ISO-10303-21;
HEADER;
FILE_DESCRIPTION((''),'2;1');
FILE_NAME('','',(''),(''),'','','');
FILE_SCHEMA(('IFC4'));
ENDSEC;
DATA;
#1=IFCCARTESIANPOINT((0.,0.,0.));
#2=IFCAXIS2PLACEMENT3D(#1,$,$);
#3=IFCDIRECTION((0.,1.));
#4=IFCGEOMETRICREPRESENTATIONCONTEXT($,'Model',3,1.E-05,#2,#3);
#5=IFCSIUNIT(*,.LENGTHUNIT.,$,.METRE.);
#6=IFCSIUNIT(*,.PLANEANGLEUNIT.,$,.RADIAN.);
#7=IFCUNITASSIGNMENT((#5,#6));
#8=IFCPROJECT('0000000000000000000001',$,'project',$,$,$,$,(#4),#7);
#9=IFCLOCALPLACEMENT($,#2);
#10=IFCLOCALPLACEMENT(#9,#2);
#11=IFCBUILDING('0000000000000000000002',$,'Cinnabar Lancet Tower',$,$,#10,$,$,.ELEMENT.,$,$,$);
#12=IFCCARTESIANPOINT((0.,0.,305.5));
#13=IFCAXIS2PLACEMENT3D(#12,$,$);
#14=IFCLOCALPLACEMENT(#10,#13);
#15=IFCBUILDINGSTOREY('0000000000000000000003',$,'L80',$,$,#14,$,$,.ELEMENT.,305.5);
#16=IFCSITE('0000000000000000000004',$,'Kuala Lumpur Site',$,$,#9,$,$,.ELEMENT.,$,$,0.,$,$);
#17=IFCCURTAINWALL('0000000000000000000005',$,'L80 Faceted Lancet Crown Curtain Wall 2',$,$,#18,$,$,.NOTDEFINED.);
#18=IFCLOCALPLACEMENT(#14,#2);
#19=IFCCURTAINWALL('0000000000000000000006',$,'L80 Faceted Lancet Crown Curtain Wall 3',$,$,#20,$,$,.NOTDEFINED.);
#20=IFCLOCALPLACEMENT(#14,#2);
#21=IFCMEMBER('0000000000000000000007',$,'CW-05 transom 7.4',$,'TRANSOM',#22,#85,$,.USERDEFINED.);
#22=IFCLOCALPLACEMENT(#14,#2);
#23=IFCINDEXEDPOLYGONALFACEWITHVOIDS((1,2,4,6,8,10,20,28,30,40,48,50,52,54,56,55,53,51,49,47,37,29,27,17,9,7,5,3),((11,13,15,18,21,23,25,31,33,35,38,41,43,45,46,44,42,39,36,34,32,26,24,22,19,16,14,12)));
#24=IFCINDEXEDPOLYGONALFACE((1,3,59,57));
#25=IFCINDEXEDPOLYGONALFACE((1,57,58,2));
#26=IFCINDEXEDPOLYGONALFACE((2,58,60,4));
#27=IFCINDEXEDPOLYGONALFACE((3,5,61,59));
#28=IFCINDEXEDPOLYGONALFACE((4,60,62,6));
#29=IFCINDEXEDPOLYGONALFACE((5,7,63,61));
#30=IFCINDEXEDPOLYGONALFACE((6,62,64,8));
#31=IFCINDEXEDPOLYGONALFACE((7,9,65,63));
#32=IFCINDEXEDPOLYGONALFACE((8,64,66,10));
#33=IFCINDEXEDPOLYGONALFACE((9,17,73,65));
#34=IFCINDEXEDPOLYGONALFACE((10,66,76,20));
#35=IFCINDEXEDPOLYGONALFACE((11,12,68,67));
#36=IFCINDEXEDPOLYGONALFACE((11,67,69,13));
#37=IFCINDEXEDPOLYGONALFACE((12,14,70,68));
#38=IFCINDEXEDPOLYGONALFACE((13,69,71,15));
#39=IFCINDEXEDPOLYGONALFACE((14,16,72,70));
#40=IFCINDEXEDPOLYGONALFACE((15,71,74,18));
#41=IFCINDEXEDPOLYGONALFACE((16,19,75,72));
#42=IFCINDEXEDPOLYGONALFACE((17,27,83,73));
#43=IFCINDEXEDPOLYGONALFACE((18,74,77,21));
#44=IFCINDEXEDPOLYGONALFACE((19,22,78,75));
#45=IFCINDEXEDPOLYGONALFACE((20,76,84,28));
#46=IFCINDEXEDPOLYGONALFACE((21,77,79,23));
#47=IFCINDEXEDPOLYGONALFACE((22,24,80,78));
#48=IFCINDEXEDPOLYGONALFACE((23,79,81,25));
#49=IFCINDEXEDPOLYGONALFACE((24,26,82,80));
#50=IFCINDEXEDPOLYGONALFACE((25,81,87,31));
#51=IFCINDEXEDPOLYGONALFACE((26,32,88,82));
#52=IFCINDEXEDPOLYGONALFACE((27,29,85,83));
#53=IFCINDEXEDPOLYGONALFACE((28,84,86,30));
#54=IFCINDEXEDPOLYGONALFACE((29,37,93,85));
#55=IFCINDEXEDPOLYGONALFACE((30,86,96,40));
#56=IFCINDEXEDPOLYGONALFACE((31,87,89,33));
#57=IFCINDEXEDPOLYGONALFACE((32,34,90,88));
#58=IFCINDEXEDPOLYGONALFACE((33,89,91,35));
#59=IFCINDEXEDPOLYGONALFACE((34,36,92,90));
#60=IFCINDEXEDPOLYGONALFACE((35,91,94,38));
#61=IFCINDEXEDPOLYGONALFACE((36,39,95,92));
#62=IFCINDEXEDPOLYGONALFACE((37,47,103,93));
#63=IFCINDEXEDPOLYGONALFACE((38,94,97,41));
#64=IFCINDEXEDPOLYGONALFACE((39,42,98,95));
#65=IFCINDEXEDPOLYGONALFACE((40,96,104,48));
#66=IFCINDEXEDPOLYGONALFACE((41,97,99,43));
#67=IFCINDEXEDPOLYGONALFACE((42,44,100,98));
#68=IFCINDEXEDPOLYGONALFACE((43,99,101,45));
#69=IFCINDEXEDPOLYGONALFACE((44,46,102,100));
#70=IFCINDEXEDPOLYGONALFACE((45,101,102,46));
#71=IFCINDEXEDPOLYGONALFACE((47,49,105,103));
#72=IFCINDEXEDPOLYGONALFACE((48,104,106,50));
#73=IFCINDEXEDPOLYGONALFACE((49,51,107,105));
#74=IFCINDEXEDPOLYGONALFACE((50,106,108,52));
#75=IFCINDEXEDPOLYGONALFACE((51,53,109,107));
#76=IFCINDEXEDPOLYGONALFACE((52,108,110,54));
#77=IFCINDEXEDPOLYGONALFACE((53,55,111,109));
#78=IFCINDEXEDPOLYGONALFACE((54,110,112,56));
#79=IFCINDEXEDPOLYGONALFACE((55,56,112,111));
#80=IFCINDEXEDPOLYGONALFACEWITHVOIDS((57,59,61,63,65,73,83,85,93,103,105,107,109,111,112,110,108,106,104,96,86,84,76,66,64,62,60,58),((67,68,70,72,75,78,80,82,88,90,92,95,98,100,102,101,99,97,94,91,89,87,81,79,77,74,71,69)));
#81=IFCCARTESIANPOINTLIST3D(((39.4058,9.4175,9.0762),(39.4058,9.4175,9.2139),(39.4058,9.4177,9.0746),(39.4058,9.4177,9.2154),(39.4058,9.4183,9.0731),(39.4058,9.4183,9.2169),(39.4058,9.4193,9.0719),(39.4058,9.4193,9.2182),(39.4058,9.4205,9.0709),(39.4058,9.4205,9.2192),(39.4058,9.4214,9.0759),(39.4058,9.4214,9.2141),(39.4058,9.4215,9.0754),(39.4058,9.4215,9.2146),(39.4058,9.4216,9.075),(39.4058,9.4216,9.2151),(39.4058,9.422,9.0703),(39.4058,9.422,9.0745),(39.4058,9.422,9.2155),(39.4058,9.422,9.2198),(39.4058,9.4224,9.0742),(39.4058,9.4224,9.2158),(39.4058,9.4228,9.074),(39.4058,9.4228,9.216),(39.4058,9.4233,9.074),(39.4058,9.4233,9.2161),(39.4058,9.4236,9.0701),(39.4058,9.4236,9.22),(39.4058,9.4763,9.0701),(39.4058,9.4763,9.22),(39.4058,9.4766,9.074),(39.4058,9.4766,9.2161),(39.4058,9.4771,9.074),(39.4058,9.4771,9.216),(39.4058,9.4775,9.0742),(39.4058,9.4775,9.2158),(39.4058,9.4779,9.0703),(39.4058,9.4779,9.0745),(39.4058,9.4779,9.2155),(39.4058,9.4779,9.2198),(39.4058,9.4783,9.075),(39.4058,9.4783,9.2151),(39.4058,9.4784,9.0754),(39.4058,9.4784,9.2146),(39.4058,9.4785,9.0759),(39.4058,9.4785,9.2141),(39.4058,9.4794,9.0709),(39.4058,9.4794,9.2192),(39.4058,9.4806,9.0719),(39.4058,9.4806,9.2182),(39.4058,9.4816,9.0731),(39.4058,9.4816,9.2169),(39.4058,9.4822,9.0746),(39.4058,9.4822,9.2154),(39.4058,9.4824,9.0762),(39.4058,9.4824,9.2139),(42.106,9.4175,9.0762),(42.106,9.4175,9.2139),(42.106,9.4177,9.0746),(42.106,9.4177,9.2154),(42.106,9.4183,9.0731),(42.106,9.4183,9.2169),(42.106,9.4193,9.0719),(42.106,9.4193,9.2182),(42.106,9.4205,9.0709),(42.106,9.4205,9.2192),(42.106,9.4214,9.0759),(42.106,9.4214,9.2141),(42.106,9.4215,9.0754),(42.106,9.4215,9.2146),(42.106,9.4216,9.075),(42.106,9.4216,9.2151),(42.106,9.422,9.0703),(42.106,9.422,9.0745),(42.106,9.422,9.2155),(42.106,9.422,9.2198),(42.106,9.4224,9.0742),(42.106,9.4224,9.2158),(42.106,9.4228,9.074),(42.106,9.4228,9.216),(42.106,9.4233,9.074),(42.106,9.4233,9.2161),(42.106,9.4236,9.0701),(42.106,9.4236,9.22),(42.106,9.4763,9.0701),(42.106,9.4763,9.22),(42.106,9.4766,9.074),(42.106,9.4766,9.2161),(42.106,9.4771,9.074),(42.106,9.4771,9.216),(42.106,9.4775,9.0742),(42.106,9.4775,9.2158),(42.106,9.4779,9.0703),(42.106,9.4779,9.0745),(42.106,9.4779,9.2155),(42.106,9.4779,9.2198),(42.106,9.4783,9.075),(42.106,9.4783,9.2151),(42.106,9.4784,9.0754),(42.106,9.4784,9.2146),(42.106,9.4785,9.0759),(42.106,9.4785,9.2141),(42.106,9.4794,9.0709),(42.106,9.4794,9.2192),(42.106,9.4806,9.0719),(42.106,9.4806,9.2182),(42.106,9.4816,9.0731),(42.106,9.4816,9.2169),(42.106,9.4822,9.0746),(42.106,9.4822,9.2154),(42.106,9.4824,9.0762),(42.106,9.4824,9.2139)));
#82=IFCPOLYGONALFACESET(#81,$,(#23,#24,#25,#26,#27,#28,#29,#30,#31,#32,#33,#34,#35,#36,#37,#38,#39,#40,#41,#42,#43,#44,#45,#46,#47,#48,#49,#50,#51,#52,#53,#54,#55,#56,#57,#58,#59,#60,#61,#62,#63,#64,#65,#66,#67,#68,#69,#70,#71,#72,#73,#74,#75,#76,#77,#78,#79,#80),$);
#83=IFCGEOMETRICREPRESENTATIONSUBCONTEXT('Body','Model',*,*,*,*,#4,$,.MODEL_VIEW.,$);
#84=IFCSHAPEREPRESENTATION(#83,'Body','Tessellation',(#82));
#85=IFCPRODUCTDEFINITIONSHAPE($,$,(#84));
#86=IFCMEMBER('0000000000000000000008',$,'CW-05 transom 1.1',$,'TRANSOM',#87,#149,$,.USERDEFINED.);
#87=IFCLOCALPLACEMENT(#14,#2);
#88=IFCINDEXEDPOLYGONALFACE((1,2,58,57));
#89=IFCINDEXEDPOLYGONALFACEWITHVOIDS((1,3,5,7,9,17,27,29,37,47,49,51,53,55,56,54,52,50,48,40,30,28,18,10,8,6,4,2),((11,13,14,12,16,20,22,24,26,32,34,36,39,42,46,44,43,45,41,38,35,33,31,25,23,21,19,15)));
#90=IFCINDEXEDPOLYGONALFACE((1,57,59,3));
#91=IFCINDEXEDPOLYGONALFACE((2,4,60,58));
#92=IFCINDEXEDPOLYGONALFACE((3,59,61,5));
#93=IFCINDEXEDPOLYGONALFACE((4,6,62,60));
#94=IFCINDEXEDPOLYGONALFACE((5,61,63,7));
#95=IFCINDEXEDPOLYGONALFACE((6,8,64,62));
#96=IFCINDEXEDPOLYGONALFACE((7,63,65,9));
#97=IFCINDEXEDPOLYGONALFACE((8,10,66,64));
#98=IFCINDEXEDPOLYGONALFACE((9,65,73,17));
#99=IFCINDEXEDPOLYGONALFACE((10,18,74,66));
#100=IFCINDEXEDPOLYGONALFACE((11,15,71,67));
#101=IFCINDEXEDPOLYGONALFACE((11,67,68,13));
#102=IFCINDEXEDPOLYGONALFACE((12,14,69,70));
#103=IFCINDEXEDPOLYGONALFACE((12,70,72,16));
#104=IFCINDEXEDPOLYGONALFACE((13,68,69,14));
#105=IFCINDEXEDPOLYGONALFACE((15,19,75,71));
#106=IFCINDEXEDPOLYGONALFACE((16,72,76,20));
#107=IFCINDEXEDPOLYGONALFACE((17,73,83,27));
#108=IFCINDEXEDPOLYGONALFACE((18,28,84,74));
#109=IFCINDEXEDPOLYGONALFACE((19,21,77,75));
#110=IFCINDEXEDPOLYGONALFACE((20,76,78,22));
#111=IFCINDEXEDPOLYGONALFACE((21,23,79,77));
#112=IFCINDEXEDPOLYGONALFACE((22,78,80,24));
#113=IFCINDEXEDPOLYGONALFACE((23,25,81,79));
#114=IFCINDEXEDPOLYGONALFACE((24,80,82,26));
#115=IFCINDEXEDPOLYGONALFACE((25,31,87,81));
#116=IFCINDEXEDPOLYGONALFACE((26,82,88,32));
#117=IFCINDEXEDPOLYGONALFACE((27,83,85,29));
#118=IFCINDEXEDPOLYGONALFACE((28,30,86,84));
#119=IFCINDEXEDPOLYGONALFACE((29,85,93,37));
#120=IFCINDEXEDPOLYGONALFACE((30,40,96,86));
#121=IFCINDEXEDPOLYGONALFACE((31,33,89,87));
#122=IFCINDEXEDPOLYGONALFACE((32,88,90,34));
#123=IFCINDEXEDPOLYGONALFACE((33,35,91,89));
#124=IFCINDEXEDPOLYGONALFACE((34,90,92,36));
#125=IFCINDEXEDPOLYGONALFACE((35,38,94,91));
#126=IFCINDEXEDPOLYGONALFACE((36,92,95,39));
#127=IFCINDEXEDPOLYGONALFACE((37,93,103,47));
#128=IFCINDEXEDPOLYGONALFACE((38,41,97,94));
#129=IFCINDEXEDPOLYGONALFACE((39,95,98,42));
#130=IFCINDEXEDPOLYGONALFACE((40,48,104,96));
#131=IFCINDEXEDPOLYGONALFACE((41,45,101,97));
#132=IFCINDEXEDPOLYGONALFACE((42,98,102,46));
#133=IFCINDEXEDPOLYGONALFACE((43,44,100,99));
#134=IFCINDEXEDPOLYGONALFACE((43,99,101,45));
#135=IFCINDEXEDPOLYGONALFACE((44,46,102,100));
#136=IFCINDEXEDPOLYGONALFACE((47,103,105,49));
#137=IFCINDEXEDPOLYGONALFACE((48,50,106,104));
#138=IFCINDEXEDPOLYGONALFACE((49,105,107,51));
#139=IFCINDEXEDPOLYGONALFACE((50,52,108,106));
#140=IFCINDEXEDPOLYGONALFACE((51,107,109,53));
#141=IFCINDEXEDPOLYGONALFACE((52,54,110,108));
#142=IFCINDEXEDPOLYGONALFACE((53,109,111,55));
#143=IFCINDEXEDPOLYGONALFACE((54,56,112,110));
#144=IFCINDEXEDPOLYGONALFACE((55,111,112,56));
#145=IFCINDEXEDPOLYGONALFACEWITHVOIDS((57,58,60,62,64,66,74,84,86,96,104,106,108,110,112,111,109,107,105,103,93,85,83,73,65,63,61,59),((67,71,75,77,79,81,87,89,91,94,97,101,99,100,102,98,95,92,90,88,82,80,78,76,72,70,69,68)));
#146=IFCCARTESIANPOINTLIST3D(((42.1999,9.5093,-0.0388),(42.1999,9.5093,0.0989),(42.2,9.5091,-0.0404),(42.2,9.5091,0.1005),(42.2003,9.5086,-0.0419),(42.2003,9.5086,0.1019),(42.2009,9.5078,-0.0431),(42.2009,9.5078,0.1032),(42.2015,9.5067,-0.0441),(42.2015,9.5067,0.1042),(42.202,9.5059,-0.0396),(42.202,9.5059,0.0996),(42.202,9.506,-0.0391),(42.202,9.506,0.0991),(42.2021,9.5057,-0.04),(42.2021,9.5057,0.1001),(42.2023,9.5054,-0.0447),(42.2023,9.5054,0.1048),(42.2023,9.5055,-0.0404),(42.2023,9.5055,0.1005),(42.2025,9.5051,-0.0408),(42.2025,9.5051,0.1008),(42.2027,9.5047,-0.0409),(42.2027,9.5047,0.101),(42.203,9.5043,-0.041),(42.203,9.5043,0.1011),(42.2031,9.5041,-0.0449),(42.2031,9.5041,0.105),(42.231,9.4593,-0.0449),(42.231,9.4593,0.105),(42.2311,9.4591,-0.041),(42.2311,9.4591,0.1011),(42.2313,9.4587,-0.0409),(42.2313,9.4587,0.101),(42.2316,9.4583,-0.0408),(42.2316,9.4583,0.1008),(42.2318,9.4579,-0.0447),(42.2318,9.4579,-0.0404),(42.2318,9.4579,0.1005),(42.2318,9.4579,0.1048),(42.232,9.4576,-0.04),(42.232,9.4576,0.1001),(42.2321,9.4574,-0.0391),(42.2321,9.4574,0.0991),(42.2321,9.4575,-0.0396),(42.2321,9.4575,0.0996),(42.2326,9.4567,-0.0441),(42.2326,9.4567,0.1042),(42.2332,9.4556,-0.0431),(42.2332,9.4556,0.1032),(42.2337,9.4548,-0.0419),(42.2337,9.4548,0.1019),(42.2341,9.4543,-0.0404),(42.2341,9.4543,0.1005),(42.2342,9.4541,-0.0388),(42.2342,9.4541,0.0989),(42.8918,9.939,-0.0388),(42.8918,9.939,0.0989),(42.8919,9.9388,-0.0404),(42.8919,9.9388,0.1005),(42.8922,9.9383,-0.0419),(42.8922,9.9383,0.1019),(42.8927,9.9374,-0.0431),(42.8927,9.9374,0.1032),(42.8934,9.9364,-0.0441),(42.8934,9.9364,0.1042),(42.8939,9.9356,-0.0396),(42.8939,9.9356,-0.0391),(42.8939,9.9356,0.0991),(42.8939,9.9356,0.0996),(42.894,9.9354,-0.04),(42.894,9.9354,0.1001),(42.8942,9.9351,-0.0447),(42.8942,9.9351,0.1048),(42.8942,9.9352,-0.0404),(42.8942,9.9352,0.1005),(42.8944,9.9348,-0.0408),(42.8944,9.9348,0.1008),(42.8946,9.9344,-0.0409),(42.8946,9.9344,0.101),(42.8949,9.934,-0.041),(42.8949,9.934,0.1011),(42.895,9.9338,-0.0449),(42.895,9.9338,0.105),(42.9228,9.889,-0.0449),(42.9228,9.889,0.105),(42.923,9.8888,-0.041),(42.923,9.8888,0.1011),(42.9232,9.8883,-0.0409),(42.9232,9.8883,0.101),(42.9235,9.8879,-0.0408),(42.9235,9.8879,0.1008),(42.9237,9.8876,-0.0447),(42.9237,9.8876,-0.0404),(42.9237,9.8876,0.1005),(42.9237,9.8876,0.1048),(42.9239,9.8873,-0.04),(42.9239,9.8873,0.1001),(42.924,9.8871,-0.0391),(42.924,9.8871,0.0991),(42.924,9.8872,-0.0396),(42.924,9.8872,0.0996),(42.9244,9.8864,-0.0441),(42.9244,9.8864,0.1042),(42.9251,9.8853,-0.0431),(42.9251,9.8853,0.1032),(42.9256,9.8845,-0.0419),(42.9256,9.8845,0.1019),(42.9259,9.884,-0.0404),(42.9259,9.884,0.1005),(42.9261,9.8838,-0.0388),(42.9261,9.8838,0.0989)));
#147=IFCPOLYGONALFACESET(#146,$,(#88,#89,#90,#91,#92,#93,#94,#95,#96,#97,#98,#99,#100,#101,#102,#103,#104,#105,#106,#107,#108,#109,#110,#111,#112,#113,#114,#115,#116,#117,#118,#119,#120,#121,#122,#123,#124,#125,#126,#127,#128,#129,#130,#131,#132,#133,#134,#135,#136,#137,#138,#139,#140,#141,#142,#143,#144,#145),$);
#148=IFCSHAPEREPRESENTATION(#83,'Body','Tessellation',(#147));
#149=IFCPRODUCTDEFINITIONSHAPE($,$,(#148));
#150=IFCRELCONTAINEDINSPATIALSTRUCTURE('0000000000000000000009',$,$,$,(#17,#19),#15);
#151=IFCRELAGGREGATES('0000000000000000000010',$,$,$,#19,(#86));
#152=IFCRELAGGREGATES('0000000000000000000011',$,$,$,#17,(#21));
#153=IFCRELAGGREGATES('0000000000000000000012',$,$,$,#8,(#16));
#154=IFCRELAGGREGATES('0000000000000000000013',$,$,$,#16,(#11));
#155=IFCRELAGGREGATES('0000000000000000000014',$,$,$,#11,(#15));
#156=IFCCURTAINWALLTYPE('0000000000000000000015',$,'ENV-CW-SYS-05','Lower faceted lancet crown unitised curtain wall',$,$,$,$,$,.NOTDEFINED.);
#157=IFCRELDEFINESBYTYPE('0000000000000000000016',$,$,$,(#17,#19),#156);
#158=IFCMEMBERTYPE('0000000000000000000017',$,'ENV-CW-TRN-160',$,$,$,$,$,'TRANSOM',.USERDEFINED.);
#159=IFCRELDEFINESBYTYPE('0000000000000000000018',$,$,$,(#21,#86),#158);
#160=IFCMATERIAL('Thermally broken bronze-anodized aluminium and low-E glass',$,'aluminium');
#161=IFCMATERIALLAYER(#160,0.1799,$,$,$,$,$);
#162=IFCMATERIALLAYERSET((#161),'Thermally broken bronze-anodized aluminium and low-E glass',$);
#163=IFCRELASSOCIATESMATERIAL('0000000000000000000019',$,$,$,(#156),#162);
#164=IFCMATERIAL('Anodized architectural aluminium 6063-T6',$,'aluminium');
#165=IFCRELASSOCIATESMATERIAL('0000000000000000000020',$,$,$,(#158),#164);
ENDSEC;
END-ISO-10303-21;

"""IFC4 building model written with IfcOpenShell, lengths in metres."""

from ifc_helpers import new_model, si_unit, direction, frame, origin, origin_2d, place, context, subcontext, project, spatial, hollow_rectangle, extrude, material, layer, layer_set, material_profile, profile_set, type_object, element, aggregate, save


model = new_model("IFC4")

# Units and contexts
model_context = context("Model", 3, precision=1e-05, world=origin(), true_north=direction((0.0, 1.0)))
body_context = subcontext(model_context, "Body", "Model", "MODEL_VIEW")
ifc_project = project(units=[si_unit("LENGTHUNIT", "METRE"), si_unit("PLANEANGLEUNIT", "RADIAN")], contexts=[model_context])

# Site, building, storey
site_placement = place(None, origin())
site = spatial("IfcSite", under=ifc_project, at=site_placement, Name="Kuala Lumpur Site", CompositionType="ELEMENT", RefElevation=0.0)
building_placement = place(site_placement, origin())
building = spatial("IfcBuilding", under=site, at=building_placement, Name="Cinnabar Lancet Tower", CompositionType="ELEMENT")
storey_placement = place(building_placement, frame((0.0, 0.0, 305.5)))
storey = spatial("IfcBuildingStorey", under=building, at=storey_placement, Name="L80", CompositionType="ELEMENT", Elevation=305.5)

# Curtain wall
ifc_material_1 = material(Name="Thermally broken bronze-anodized aluminium and low-E glass", Category="aluminium")
ifc_layer_1 = layer(ifc_material_1, 0.1799)
ifc_layer_set_1 = layer_set([ifc_layer_1], Name="Thermally broken bronze-anodized aluminium and low-E glass")
curtain_wall_type = type_object("IfcCurtainWallType", Name="ENV-CW-SYS-05", Description="Lower faceted lancet crown unitised curtain wall", PredefinedType="NOTDEFINED", material=ifc_layer_set_1)
curtain_wall_1_placement = place(storey_placement, origin())
curtain_wall_1 = element("IfcCurtainWall", 1, at=curtain_wall_1_placement, inside=storey, type_object=curtain_wall_type, Name="L80 Faceted Lancet Crown Curtain Wall 2", PredefinedType="NOTDEFINED")

# Curtain wall
curtain_wall_2_placement = place(storey_placement, origin())
curtain_wall_2 = element("IfcCurtainWall", 2, at=curtain_wall_2_placement, inside=storey, type_object=curtain_wall_type, Name="L80 Faceted Lancet Crown Curtain Wall 3", PredefinedType="NOTDEFINED")

# Members
ifc_material_2 = material(Name="Anodized architectural aluminium 6063-T6", Category="aluminium")
ifc_material_profile_1 = material_profile(ifc_material_2, hollow_rectangle(XDim=0.0649, YDim=0.1499, WallThickness=0.0039, InnerFilletRadius=0.002, OuterFilletRadius=0.0061, at=origin_2d()), Name="CW-TRN 150x65x4")
ifc_profile_set_1 = profile_set([ifc_material_profile_1], Name="Anodized architectural aluminium 6063-T6")
member_type_1 = type_object("IfcMemberType", Name="ENV-CW-TRN-160", ElementType="TRANSOM", PredefinedType="USERDEFINED", material=ifc_profile_set_1)
member_1_placement = place(storey_placement, frame((39.4058, 9.45, 9.145), z_axis=(1.0, 0.0, 0.0), x_axis=(0.0, 1.0, 0.0)))
member_1 = element("IfcMember", 3, at=member_1_placement, type_object=member_type_1, Name="CW-05 transom 7.4", ObjectType="TRANSOM", PredefinedType="USERDEFINED", context=body_context, shape_type="SweptSolid", body=[
    extrude(hollow_rectangle(XDim=0.0649, YDim=0.1499, WallThickness=0.0039, InnerFilletRadius=0.002, OuterFilletRadius=0.0061, at=origin_2d()), origin(), (0.0, 0.0, 1.0), 2.7002),
])
member_2_placement = place(storey_placement, frame((42.217, 9.4817, 0.03), z_axis=(0.84951, 0.527572, 0.0), x_axis=(-0.527572, 0.84951, 0.0)))
member_2 = element("IfcMember", 4, at=member_2_placement, type_object=member_type_1, Name="CW-05 transom 1.1", ObjectType="TRANSOM", PredefinedType="USERDEFINED", context=body_context, shape_type="SweptSolid", body=[
    extrude(hollow_rectangle(XDim=0.0649, YDim=0.1499, WallThickness=0.0039, InnerFilletRadius=0.002, OuterFilletRadius=0.0061, at=origin_2d()), origin(), (0.0, 0.0, 1.0), 0.8145),
])
aggregate(curtain_wall_2, [member_2])

aggregate(curtain_wall_1, [member_1])

save(model, "model.ifc")
